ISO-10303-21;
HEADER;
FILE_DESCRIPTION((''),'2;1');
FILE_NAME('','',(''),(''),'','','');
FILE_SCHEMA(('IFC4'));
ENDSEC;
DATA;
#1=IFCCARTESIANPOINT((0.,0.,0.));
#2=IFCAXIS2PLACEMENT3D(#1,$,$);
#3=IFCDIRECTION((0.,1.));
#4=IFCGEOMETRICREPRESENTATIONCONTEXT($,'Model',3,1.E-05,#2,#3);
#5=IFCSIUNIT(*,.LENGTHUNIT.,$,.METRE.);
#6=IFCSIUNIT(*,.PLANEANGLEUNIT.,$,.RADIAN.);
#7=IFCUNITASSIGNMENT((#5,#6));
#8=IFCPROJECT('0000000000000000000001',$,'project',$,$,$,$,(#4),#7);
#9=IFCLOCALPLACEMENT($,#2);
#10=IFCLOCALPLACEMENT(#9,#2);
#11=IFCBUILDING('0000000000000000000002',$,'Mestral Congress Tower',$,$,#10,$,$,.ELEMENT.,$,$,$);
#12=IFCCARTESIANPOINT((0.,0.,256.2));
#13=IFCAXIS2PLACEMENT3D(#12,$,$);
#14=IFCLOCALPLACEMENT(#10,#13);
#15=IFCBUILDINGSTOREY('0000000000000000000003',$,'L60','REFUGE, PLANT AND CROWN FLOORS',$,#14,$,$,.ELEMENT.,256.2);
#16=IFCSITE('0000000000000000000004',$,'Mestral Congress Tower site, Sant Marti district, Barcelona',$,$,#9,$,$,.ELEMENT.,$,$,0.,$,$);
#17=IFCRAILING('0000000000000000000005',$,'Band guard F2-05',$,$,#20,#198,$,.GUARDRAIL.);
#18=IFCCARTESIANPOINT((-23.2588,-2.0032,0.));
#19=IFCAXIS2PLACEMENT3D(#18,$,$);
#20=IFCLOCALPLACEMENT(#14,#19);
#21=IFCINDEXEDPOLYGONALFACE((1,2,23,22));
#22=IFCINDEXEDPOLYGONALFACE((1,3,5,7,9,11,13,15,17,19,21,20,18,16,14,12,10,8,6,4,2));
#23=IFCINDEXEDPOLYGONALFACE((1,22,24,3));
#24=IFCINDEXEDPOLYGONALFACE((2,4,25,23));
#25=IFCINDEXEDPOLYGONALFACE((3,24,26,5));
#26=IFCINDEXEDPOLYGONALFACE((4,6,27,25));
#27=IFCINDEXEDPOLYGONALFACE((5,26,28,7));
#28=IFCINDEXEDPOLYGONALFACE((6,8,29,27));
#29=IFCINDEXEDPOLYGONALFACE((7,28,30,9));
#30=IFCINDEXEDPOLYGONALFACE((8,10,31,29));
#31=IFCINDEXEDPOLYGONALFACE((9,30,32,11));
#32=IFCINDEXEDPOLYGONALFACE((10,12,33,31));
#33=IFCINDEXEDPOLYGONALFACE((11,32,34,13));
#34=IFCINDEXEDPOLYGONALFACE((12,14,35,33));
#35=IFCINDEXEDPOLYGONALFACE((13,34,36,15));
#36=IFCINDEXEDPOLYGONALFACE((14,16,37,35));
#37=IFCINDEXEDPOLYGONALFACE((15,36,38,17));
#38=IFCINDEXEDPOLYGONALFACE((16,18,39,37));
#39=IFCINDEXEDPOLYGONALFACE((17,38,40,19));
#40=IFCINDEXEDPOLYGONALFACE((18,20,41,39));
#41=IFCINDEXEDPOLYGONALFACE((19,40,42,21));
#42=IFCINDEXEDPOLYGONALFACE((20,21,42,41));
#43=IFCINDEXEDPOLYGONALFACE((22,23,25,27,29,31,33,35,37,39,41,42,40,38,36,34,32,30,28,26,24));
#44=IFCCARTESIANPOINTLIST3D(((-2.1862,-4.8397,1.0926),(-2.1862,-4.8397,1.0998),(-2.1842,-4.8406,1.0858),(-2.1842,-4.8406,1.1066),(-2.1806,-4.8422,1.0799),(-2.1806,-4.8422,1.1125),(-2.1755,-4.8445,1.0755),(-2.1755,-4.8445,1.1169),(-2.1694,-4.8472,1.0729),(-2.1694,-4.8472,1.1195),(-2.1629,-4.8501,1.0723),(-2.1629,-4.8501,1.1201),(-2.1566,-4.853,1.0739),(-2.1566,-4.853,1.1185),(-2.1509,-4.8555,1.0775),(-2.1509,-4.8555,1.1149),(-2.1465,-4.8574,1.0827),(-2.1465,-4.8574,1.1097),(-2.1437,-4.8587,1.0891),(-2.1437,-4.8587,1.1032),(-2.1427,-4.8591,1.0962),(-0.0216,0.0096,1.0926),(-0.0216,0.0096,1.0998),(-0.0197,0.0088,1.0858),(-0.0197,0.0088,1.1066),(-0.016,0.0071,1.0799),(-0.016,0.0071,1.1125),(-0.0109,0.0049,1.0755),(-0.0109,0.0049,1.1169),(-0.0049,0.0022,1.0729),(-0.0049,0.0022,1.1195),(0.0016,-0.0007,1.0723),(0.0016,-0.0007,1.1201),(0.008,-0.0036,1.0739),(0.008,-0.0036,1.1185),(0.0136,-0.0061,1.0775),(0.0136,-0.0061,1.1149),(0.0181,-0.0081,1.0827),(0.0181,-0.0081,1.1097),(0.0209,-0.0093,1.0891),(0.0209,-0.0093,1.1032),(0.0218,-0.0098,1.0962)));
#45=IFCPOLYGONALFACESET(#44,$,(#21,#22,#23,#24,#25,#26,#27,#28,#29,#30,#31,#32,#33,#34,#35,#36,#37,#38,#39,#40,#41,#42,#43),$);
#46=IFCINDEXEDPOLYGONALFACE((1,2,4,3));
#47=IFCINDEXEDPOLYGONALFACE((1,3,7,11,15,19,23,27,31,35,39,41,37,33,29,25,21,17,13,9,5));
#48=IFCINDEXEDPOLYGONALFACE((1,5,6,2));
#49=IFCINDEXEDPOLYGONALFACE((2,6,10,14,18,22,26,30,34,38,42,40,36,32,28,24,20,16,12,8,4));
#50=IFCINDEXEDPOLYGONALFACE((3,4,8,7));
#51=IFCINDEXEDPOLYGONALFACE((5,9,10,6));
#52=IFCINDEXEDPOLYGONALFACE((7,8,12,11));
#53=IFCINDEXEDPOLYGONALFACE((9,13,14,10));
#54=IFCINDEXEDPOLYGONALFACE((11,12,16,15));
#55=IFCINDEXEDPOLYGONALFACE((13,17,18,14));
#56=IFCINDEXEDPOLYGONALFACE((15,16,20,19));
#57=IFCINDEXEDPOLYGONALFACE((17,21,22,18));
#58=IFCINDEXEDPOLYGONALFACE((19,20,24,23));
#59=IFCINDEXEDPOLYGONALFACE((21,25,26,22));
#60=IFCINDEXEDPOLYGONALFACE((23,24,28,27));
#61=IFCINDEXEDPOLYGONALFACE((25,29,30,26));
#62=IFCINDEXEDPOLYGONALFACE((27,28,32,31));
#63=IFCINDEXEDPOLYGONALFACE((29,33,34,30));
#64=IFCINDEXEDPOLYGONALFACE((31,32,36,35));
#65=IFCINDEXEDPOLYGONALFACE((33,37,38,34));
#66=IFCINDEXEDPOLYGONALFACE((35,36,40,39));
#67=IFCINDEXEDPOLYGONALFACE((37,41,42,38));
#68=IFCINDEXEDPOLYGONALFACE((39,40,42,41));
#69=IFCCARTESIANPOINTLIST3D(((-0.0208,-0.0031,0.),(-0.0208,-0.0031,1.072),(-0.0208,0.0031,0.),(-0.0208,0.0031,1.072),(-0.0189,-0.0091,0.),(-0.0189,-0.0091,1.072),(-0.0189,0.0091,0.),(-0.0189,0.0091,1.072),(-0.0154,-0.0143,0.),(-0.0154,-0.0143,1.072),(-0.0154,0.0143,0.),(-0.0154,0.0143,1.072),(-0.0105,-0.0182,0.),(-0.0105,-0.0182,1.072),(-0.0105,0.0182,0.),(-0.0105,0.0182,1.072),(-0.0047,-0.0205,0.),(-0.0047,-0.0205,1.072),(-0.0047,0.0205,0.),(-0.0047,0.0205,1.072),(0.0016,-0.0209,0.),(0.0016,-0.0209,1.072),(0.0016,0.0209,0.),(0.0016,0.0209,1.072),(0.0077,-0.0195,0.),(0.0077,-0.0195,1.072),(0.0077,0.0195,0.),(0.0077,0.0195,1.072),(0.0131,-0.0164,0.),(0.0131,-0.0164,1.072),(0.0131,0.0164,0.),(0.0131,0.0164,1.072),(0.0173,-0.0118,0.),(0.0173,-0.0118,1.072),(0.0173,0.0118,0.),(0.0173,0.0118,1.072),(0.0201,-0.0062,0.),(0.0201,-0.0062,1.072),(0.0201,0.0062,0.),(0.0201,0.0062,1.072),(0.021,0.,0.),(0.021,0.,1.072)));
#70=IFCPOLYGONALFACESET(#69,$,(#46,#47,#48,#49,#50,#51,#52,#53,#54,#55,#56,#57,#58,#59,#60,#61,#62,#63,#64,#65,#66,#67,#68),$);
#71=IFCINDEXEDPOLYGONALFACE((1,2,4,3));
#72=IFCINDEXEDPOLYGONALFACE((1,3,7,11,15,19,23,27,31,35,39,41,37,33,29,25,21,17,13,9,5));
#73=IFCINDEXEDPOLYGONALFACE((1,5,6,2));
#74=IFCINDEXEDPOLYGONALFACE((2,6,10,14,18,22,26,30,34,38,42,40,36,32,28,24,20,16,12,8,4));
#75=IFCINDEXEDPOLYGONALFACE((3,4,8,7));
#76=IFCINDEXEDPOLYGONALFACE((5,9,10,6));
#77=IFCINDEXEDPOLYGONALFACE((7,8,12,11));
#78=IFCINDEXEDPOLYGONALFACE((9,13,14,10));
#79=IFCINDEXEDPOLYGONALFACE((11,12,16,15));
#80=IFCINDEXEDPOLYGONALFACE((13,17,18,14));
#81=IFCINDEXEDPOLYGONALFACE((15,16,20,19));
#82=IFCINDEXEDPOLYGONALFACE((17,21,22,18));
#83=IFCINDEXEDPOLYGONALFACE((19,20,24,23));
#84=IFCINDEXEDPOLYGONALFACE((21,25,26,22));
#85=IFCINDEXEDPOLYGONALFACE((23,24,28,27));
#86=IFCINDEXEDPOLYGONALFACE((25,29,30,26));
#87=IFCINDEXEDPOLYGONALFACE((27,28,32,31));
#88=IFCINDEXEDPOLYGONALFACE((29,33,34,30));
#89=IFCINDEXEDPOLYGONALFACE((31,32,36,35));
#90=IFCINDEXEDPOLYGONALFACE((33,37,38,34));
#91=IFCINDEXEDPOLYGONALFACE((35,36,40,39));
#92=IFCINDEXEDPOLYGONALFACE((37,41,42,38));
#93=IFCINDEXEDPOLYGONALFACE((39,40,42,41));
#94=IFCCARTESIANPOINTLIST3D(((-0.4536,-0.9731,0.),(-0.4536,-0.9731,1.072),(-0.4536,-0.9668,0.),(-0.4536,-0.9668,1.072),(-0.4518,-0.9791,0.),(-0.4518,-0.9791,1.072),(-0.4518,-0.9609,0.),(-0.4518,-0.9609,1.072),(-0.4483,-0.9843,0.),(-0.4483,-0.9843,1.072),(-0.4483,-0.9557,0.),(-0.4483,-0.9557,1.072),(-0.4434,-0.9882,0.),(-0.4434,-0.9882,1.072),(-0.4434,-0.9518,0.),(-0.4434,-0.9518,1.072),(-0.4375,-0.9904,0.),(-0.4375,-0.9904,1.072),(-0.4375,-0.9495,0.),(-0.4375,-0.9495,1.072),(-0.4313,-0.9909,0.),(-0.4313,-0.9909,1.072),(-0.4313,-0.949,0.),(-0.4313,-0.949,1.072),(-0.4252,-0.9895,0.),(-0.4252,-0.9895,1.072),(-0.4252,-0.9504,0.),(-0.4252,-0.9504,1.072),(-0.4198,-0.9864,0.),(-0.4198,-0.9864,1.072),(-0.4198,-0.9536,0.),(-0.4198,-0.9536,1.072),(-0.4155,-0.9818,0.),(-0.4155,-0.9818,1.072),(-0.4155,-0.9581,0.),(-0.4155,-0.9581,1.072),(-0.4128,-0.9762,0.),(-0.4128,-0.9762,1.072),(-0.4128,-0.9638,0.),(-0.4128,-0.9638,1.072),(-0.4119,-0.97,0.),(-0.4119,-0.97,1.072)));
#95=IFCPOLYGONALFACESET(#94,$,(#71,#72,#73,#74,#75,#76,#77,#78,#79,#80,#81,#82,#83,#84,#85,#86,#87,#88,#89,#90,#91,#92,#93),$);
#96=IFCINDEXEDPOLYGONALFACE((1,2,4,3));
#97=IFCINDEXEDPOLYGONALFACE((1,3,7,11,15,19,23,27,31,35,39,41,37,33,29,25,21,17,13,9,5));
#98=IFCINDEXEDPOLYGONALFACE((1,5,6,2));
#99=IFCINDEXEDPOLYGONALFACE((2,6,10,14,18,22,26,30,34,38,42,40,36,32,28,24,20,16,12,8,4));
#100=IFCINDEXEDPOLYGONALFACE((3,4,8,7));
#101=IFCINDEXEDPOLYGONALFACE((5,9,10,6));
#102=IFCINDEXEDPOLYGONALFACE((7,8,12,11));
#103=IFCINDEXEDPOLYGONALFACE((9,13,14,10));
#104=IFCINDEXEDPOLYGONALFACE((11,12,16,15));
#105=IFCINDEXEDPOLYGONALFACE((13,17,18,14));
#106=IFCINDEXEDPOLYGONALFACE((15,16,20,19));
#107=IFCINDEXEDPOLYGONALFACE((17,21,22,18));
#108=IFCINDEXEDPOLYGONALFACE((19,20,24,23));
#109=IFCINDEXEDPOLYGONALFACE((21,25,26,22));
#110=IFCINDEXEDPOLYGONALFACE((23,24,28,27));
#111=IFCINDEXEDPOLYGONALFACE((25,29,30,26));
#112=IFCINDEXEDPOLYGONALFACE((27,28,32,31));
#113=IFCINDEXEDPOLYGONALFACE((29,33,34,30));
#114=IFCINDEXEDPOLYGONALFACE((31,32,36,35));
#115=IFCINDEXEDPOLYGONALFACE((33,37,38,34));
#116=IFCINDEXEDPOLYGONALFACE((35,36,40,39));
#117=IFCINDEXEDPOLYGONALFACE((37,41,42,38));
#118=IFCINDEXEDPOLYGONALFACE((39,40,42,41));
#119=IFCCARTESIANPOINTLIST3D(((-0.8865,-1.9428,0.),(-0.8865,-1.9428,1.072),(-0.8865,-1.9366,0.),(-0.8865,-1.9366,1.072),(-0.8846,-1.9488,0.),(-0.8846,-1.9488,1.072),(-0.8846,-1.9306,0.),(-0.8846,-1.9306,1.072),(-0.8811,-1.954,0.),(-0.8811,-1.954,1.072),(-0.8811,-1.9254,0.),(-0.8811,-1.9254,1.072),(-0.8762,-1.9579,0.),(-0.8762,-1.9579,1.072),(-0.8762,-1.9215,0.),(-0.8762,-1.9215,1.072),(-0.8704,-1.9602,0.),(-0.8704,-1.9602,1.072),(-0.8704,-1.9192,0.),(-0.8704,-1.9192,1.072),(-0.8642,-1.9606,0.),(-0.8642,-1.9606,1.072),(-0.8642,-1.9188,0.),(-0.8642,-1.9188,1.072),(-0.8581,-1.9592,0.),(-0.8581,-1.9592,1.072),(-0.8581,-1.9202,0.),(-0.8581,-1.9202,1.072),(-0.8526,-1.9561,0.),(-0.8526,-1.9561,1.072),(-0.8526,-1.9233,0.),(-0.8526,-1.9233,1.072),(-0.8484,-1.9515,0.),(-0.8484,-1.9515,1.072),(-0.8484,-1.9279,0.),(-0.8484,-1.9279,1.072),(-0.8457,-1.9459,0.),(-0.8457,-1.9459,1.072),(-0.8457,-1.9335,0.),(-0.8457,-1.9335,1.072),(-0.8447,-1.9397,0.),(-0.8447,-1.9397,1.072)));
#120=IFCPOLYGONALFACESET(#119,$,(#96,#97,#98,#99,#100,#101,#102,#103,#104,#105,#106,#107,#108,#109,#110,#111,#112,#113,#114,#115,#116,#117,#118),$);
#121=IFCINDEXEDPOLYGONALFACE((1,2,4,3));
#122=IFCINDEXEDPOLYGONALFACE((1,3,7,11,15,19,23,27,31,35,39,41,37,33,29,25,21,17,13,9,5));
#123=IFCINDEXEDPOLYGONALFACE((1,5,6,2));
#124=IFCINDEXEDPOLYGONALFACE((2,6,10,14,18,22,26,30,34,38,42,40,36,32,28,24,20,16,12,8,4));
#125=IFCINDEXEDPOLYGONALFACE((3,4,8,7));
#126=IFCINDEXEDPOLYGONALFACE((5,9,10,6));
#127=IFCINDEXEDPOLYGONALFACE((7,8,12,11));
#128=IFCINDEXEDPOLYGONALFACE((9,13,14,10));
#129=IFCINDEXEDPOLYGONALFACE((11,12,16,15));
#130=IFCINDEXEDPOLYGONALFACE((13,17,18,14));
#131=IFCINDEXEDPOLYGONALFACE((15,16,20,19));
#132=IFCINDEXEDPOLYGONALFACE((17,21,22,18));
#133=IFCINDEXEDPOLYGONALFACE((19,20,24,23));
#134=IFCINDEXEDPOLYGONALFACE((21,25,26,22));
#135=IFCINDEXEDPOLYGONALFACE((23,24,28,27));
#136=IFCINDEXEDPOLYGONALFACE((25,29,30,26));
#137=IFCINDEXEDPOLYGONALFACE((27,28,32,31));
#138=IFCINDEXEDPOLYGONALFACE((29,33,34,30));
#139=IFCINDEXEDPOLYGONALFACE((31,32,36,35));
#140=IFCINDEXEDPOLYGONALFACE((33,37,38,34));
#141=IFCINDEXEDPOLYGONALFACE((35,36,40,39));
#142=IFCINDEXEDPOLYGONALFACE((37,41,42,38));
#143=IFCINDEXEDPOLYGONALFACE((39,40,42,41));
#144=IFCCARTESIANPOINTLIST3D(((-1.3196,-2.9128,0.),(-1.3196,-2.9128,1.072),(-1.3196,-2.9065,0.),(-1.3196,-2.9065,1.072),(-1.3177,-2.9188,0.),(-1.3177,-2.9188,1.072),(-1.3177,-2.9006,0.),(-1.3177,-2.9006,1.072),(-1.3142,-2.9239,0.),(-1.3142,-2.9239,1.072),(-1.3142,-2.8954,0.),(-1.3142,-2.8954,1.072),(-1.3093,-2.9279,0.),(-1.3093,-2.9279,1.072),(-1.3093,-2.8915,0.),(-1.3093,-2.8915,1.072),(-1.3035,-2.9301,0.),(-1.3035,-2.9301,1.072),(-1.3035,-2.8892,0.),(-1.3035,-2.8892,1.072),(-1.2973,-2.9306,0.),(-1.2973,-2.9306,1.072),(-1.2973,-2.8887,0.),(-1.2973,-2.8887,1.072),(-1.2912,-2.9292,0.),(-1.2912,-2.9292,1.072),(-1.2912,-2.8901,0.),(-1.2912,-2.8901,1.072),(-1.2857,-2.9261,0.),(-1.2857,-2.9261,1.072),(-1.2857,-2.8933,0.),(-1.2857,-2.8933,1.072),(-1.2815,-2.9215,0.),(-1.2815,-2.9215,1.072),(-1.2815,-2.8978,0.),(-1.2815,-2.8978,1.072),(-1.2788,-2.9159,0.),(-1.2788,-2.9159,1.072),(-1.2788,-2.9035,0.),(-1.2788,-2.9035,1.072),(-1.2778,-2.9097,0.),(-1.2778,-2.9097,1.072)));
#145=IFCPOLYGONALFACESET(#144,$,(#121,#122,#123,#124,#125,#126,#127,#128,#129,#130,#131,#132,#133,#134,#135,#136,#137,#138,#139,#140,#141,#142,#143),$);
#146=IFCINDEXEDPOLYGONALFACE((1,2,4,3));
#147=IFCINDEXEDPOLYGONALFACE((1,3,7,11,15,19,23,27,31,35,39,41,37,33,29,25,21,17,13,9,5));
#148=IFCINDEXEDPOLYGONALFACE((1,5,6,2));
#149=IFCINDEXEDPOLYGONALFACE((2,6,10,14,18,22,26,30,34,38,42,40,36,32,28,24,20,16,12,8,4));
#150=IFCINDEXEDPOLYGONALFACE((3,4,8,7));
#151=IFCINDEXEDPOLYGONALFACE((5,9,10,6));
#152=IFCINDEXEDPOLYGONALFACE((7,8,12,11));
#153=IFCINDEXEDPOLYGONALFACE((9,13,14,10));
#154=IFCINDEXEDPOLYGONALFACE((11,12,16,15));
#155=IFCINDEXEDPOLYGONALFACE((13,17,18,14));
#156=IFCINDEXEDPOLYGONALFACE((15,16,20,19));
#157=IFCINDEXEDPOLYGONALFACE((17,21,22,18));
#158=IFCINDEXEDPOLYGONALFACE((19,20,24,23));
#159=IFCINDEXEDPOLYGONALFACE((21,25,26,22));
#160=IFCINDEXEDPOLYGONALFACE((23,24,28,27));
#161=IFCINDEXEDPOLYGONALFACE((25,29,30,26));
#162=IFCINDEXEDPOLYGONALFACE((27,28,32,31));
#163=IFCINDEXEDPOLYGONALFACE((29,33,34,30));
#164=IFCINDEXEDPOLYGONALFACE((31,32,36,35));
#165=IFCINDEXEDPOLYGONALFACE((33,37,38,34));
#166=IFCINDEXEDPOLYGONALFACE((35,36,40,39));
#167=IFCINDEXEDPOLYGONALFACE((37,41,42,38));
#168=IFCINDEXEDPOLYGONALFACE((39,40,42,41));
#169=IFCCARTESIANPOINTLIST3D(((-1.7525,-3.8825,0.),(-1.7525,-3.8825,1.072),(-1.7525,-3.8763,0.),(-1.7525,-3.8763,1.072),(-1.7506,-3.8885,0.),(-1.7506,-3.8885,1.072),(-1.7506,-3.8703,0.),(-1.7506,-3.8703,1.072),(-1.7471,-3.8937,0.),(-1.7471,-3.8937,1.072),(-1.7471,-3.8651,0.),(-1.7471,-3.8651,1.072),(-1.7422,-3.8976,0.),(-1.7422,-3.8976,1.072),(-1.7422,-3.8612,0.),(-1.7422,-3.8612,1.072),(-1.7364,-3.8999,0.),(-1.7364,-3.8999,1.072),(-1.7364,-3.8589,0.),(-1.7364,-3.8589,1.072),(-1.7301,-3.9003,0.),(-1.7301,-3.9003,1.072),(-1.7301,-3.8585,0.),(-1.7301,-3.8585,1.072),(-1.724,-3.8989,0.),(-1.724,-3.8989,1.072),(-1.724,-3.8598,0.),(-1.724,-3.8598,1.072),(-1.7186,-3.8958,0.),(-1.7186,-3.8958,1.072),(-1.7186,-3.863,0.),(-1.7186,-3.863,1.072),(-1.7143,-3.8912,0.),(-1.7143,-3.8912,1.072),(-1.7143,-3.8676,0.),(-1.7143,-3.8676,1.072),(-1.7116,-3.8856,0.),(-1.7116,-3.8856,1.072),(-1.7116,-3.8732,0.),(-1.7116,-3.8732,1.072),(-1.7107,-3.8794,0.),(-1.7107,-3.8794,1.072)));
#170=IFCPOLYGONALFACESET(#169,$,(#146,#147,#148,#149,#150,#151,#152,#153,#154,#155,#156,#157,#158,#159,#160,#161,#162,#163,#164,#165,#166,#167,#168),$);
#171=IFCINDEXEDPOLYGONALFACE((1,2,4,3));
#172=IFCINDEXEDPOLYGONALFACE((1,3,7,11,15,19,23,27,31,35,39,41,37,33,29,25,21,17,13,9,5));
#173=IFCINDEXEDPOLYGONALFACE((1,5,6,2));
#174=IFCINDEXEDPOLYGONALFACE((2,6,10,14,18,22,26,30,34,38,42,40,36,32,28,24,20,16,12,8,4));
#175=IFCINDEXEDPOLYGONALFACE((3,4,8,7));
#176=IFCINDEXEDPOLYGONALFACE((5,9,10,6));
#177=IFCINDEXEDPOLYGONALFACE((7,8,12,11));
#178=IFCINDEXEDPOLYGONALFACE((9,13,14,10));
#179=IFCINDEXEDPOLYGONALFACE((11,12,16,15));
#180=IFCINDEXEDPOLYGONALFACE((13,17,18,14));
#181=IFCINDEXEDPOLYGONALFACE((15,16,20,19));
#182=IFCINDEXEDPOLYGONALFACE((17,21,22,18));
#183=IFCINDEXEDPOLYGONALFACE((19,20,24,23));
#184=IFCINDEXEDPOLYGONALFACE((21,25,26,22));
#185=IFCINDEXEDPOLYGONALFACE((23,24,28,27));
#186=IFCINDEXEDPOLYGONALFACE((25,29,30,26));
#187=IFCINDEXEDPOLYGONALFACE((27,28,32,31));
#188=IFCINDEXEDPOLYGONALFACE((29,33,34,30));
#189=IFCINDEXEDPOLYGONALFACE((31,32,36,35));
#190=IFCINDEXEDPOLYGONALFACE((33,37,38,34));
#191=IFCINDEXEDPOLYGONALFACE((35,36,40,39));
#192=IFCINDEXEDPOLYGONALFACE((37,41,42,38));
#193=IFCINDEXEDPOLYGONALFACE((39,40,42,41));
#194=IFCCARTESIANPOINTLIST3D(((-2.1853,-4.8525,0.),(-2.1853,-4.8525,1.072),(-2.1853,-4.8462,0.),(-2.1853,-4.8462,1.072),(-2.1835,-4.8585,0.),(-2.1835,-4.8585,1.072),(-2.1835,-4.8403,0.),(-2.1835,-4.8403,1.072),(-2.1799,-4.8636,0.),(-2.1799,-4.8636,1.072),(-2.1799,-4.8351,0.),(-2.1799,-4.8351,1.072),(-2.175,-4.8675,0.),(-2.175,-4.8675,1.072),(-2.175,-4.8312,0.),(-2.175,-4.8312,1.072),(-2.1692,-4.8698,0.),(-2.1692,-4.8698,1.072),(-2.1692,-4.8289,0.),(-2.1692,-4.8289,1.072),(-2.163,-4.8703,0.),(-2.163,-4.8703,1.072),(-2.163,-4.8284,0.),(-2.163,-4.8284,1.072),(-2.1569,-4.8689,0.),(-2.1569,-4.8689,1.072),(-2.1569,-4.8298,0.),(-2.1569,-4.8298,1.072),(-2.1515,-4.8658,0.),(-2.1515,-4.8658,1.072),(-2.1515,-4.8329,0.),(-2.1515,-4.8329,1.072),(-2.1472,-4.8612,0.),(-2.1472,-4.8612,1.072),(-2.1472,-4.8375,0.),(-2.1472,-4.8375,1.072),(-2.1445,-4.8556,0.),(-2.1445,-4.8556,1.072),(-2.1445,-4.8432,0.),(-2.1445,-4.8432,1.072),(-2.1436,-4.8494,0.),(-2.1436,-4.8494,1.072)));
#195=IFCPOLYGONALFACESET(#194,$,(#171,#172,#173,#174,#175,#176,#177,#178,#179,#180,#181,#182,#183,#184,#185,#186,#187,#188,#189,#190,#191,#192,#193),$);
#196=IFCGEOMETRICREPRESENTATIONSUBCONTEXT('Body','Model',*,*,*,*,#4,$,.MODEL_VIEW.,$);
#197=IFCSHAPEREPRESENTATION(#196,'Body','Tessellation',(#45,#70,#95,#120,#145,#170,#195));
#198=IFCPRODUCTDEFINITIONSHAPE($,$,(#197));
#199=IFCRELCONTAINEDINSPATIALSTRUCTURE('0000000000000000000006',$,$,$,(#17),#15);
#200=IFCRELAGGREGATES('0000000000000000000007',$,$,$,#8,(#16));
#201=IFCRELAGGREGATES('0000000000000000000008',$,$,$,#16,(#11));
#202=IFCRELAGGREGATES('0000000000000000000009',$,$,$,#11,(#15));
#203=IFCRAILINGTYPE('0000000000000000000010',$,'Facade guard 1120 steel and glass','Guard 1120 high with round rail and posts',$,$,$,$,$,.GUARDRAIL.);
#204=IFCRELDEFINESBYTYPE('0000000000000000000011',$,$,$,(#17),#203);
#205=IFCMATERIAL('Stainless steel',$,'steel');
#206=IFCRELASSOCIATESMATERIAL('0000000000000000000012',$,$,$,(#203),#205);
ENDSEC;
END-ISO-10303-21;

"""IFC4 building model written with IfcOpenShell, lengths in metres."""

from ifc_helpers import new_model, si_unit, direction, frame, origin, origin_2d, place, context, subcontext, project, spatial, circle, extrude, material, type_object, element, save


model = new_model("IFC4")

# Units and contexts
model_context = context("Model", 3, precision=1e-05, world=origin(), true_north=direction((0.0, 1.0)))
body_context = subcontext(model_context, "Body", "Model", "MODEL_VIEW")
ifc_project = project(units=[si_unit("LENGTHUNIT", "METRE"), si_unit("PLANEANGLEUNIT", "RADIAN")], contexts=[model_context])

# Site, building, storey
site_placement = place(None, origin())
site = spatial("IfcSite", under=ifc_project, at=site_placement, Name="Mestral Congress Tower site, Sant Marti district, Barcelona", CompositionType="ELEMENT", RefElevation=0.0)
building_placement = place(site_placement, origin())
building = spatial("IfcBuilding", under=site, at=building_placement, Name="Mestral Congress Tower", CompositionType="ELEMENT")
storey_placement = place(building_placement, frame((0.0, 0.0, 256.2)))
storey = spatial("IfcBuildingStorey", under=building, at=storey_placement, Name="L60", Description="REFUGE, PLANT AND CROWN FLOORS", CompositionType="ELEMENT", Elevation=256.2)

# Railing
ifc_material_1 = material(Name="Stainless steel", Category="steel")
railing_type = type_object("IfcRailingType", Name="Facade guard 1120 steel and glass", Description="Guard 1120 high with round rail and posts", PredefinedType="GUARDRAIL", material=ifc_material_1)
railing_placement = place(storey_placement, frame((-23.2588, -2.0032, 0.0)))
element("IfcRailing", 1, at=railing_placement, inside=storey, type_object=railing_type, Name="Band guard F2-05", PredefinedType="GUARDRAIL", context=body_context, shape_type="SweptSolid", body=[
    extrude(circle(Radius=0.0239, at=origin_2d()), frame((0.0, 0.0, 1.0962), z_axis=(-0.407597, -0.913162, 0.0), x_axis=(0.913162, -0.407597, 0.0)), (0.0, 0.0, 1.0), 5.3105),
    extrude(circle(Radius=0.021, at=origin_2d()), origin(), (0.0, 0.0, 1.0), 1.072),
    extrude(circle(Radius=0.021, at=origin_2d()), frame((-0.4329, -0.97, 0.0)), (0.0, 0.0, 1.0), 1.072),
    extrude(circle(Radius=0.021, at=origin_2d()), frame((-0.8657, -1.9397, 0.0)), (0.0, 0.0, 1.0), 1.072),
    extrude(circle(Radius=0.021, at=origin_2d()), frame((-1.2988, -2.9097, 0.0)), (0.0, 0.0, 1.0), 1.072),
    extrude(circle(Radius=0.021, at=origin_2d()), frame((-1.7317, -3.8794, 0.0)), (0.0, 0.0, 1.0), 1.072),
    extrude(circle(Radius=0.021, at=origin_2d()), frame((-2.1646, -4.8494, 0.0)), (0.0, 0.0, 1.0), 1.072),
])

save(model, "model.ifc")
